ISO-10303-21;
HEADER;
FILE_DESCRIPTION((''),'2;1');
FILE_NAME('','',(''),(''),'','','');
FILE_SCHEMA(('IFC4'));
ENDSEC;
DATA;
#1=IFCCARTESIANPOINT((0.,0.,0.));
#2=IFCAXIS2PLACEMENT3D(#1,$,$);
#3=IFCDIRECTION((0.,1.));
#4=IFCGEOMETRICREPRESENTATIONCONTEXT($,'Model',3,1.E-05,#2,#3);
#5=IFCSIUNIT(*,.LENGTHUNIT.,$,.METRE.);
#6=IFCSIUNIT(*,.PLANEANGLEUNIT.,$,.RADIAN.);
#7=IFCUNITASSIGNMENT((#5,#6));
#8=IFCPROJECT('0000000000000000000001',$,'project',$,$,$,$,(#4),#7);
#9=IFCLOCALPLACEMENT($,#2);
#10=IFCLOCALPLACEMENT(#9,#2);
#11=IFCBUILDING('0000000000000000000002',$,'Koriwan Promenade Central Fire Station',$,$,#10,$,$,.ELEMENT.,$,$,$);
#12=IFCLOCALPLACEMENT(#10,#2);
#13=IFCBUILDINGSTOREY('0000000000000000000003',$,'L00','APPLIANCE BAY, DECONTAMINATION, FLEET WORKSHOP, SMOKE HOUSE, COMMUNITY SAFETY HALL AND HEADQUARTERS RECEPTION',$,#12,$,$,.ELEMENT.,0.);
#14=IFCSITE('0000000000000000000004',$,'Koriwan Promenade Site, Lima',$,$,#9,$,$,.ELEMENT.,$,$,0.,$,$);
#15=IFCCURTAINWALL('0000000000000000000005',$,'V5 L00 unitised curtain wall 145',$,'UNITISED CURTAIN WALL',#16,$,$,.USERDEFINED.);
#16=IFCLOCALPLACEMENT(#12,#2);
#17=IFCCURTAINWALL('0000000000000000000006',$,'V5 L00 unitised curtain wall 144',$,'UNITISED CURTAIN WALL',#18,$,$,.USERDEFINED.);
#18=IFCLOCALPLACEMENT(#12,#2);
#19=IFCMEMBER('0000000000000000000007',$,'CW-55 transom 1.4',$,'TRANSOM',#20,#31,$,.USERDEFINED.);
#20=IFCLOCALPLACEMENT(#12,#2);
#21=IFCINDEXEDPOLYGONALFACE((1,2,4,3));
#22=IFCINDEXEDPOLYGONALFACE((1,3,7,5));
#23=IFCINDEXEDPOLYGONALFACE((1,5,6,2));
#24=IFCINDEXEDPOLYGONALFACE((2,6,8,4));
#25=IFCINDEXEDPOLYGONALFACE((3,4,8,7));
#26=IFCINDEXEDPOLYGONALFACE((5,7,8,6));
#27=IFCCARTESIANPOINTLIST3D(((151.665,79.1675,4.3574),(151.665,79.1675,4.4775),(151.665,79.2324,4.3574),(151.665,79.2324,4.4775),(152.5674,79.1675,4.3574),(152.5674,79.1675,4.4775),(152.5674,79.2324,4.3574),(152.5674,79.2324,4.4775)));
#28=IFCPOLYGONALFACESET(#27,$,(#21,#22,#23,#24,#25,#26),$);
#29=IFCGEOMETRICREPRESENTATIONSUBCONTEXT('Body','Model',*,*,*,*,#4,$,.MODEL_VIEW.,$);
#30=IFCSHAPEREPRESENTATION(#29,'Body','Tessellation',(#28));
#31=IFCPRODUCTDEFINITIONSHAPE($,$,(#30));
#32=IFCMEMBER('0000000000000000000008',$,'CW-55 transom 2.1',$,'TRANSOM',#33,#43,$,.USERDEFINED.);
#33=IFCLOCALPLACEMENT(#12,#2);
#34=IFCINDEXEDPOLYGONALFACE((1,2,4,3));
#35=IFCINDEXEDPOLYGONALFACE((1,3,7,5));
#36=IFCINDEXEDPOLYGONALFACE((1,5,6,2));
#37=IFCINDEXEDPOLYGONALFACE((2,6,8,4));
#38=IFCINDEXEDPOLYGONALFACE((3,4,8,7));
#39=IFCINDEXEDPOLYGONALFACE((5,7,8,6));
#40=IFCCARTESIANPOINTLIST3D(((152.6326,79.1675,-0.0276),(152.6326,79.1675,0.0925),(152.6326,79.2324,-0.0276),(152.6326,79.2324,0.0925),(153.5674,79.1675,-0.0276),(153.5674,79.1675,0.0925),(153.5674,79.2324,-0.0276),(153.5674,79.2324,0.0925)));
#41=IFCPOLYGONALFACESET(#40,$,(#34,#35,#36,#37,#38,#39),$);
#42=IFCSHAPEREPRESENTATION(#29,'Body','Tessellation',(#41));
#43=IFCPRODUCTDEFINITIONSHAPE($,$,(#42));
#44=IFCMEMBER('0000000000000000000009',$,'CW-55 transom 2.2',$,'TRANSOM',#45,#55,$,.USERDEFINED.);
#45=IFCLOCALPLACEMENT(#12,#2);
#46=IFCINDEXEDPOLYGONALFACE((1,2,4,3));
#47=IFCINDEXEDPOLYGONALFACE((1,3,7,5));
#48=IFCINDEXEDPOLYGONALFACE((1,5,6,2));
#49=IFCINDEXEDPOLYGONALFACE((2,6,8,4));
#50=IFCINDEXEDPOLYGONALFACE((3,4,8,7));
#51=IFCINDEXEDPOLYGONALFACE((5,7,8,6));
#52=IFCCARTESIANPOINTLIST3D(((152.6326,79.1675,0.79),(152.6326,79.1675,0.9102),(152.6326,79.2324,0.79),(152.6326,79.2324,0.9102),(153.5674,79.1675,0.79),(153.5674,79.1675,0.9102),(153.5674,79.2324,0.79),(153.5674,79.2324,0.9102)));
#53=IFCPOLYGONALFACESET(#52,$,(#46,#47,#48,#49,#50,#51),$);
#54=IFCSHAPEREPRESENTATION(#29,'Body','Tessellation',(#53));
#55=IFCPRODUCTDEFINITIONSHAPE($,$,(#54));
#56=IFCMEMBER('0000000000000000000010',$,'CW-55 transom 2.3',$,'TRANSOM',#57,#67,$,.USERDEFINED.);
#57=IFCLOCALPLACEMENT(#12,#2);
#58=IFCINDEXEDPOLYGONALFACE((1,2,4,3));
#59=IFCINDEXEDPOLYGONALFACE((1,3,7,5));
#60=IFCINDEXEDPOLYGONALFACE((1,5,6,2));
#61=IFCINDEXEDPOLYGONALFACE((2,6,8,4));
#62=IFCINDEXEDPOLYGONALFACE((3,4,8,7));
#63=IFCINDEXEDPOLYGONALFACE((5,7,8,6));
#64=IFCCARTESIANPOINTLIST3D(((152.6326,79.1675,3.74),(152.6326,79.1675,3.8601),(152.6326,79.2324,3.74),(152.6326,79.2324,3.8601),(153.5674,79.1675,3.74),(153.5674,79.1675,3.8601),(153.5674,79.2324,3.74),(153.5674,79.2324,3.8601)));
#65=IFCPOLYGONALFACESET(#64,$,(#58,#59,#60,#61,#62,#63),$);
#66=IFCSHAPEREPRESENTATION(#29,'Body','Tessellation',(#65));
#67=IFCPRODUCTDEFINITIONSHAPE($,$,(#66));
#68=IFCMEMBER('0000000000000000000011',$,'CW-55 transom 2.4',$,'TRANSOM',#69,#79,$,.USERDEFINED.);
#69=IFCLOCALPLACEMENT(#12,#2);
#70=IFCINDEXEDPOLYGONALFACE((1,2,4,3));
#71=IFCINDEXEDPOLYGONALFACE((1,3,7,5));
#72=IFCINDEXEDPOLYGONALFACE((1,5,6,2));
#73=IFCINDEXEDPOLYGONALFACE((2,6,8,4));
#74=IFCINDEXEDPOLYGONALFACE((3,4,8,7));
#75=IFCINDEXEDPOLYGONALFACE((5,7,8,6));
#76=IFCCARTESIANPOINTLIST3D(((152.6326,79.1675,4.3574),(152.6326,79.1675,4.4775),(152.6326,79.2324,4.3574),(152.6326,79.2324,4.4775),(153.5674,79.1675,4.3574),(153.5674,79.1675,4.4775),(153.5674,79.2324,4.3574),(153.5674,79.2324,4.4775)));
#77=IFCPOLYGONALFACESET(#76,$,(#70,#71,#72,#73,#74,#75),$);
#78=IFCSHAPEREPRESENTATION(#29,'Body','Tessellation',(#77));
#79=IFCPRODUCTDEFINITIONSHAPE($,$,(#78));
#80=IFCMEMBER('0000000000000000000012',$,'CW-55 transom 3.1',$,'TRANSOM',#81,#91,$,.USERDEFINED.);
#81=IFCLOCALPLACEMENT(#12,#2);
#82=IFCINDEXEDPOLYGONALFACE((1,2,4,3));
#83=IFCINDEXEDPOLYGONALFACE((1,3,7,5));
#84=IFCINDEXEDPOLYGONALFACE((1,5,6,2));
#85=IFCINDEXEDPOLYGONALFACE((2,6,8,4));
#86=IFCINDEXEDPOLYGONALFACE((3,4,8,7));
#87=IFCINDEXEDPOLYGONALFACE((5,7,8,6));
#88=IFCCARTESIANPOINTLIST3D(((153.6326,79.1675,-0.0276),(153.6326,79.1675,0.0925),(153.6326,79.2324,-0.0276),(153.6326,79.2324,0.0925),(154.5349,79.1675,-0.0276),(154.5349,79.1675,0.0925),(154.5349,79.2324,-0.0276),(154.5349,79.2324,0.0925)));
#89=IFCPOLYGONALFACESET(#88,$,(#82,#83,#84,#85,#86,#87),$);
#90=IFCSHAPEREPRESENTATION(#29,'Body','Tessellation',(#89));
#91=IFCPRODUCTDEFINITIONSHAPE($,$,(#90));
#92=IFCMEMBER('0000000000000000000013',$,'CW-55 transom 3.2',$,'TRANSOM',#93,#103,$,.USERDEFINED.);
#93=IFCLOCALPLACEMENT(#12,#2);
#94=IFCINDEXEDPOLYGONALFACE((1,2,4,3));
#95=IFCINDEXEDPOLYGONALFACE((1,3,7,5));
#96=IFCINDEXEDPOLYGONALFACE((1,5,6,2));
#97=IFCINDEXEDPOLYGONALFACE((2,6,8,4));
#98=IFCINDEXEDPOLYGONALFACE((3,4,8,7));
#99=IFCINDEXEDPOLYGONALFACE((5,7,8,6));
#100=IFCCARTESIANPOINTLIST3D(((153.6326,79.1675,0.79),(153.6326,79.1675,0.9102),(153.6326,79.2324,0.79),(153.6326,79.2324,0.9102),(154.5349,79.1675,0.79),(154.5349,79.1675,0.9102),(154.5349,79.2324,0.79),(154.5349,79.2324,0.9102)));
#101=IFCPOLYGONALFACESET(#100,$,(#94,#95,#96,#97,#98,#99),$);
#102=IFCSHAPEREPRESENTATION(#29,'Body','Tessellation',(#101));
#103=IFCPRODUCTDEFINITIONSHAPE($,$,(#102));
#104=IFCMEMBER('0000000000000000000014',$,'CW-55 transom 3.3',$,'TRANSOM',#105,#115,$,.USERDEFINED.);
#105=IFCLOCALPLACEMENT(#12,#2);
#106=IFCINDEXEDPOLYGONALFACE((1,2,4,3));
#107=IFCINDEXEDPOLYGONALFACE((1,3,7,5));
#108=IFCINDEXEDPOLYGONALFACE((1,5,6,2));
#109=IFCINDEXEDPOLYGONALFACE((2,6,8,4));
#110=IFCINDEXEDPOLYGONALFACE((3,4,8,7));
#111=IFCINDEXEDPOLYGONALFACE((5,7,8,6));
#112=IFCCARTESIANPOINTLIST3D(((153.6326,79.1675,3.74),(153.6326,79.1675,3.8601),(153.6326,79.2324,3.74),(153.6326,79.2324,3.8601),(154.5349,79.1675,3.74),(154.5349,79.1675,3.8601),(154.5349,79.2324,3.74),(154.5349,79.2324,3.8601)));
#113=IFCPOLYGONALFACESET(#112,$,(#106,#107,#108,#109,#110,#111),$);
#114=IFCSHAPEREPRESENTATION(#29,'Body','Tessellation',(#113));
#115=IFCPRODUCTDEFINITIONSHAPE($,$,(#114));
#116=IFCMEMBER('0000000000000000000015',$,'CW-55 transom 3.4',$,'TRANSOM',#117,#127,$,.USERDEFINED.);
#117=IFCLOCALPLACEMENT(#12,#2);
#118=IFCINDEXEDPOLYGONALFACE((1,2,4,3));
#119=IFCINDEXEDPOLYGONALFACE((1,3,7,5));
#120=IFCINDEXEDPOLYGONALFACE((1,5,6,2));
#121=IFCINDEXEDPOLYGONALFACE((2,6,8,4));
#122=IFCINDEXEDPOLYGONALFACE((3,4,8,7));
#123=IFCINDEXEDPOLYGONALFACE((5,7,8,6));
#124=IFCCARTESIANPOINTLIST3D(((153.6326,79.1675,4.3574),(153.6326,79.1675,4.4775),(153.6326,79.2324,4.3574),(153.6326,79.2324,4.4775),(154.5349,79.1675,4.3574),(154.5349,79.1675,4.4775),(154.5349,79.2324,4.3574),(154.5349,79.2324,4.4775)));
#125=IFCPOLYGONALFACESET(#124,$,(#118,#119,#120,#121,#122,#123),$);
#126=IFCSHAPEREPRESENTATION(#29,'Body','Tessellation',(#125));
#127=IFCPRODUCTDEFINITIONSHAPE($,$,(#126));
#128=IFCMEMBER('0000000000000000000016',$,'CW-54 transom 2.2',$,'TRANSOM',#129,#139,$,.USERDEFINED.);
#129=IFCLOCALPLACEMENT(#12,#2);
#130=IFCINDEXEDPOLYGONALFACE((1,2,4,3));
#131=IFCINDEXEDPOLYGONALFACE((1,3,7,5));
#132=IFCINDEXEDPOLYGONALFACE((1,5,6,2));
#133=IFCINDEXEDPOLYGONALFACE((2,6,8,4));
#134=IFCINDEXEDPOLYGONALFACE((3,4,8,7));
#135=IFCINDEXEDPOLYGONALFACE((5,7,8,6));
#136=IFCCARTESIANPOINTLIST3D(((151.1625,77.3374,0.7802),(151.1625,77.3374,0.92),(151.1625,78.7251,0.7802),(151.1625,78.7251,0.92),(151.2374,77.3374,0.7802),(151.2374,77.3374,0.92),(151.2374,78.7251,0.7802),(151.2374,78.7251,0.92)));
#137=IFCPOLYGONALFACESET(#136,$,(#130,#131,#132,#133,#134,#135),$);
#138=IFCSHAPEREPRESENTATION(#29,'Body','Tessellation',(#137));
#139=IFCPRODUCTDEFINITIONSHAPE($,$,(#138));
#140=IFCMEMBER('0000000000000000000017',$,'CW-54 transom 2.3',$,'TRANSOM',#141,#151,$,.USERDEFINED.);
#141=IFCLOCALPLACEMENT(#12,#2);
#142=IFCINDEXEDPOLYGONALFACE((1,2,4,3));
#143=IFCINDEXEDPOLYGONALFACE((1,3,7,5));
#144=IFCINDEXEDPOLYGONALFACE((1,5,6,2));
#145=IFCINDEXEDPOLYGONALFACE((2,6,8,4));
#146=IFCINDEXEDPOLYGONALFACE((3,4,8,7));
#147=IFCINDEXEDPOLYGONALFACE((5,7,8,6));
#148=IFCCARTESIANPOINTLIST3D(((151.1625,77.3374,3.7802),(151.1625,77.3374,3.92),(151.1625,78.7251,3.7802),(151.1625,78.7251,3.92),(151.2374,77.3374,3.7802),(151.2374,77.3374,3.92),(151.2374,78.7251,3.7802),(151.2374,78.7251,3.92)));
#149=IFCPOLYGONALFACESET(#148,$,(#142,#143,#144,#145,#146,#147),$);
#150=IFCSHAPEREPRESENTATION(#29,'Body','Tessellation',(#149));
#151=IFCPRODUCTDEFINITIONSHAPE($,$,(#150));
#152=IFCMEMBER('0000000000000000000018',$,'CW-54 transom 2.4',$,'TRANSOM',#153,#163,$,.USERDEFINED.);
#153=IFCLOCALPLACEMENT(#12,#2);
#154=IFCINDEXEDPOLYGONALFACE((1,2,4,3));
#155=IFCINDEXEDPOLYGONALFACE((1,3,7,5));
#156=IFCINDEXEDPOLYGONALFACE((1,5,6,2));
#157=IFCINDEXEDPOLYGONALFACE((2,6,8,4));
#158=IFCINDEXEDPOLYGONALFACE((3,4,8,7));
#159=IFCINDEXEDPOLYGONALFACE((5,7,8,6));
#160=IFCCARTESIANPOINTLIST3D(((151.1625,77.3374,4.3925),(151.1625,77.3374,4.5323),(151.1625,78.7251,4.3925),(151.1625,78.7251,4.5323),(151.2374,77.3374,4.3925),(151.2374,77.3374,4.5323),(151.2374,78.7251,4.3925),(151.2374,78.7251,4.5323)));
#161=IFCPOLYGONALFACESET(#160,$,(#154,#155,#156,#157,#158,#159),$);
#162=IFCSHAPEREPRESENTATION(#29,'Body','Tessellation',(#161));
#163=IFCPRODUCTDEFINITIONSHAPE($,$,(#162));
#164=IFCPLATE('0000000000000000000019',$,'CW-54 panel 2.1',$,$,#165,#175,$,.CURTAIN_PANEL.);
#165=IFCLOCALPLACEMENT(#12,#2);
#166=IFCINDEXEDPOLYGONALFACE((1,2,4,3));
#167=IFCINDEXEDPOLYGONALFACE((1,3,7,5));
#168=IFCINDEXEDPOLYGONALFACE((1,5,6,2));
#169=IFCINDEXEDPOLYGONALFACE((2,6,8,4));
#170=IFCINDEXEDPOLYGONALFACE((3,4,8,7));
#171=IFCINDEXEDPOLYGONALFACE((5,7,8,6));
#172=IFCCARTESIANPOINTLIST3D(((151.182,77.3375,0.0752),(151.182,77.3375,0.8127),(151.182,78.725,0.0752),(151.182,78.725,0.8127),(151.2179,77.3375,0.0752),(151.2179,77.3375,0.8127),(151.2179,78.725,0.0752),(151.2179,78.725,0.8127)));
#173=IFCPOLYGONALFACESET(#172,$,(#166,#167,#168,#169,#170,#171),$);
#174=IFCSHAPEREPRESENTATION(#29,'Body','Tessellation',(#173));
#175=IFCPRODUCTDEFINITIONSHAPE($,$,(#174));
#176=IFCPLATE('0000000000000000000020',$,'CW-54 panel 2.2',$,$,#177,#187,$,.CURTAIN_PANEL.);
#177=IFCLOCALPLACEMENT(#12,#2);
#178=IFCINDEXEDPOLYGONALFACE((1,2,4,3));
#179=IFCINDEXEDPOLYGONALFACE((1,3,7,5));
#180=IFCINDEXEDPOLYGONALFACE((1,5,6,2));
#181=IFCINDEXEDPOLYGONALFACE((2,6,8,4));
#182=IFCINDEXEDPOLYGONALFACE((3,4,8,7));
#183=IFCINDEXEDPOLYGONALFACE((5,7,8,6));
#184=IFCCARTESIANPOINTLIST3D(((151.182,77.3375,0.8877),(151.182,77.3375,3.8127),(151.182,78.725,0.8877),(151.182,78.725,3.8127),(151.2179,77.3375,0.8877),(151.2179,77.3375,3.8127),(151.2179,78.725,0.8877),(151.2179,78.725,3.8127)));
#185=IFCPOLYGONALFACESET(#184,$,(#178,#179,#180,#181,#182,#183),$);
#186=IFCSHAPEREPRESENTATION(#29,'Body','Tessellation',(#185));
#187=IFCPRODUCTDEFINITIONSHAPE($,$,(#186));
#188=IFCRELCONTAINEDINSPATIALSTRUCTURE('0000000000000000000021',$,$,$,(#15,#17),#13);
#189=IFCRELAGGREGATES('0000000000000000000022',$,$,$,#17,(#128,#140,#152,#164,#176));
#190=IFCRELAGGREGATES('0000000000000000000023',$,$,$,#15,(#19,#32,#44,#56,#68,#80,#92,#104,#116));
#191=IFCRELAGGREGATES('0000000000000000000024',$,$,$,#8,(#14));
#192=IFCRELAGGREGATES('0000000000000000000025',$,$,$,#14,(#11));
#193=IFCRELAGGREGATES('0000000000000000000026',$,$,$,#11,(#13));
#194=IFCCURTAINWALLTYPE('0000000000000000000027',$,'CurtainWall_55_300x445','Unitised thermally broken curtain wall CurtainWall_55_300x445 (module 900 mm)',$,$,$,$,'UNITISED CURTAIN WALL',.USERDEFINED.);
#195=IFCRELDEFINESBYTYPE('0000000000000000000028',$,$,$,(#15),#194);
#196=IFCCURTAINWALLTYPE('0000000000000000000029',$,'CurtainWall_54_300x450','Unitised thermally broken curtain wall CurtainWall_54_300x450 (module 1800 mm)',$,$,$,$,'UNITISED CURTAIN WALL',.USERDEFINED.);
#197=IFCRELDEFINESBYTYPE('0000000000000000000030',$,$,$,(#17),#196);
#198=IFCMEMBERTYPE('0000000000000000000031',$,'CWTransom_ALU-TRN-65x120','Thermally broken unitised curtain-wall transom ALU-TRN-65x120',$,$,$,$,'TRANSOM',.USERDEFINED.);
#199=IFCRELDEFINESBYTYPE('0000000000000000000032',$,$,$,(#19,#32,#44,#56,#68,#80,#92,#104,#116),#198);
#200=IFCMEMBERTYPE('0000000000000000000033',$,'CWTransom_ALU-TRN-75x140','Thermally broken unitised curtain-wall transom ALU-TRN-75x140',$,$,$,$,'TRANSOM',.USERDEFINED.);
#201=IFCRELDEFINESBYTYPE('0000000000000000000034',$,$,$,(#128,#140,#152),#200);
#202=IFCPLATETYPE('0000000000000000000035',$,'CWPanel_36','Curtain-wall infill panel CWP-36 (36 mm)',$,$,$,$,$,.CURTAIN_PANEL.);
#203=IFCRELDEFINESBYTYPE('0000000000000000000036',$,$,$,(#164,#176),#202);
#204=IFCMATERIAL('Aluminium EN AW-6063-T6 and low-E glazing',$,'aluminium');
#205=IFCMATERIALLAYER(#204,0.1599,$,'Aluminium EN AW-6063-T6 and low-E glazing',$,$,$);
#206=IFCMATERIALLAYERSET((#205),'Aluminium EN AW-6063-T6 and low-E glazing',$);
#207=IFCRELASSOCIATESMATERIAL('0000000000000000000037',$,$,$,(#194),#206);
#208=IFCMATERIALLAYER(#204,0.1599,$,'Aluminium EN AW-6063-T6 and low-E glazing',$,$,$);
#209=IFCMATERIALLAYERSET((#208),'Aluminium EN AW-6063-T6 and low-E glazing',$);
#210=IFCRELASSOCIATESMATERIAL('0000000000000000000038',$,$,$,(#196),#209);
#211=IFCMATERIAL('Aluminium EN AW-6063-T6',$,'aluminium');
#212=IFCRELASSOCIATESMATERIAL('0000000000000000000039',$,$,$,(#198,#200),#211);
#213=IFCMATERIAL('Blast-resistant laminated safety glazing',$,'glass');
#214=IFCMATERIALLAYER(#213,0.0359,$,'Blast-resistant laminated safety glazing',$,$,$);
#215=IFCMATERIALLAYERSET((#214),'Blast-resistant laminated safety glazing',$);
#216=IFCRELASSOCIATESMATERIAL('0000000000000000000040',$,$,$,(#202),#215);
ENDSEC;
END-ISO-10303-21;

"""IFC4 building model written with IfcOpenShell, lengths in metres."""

from ifc_helpers import new_model, si_unit, direction, frame, origin, origin_2d, place, context, subcontext, project, spatial, rectangle, extrude, material, layer, layer_set, material_profile, profile_set, type_object, element, aggregate, save


model = new_model("IFC4")

# Units and contexts
model_context = context("Model", 3, precision=1e-05, world=origin(), true_north=direction((0.0, 1.0)))
body_context = subcontext(model_context, "Body", "Model", "MODEL_VIEW")
ifc_project = project(units=[si_unit("LENGTHUNIT", "METRE"), si_unit("PLANEANGLEUNIT", "RADIAN")], contexts=[model_context])

# Site, building, storey
site_placement = place(None, origin())
site = spatial("IfcSite", under=ifc_project, at=site_placement, Name="Koriwan Promenade Site, Lima", CompositionType="ELEMENT", RefElevation=0.0)
building_placement = place(site_placement, origin())
building = spatial("IfcBuilding", under=site, at=building_placement, Name="Koriwan Promenade Central Fire Station", CompositionType="ELEMENT")
storey_placement = place(building_placement, origin())
storey = spatial("IfcBuildingStorey", under=building, at=storey_placement, Name="L00", Description="APPLIANCE BAY, DECONTAMINATION, FLEET WORKSHOP, SMOKE HOUSE, COMMUNITY SAFETY HALL AND HEADQUARTERS RECEPTION", CompositionType="ELEMENT", Elevation=0.0)

# Curtain wall
ifc_material_1 = material(Name="Aluminium EN AW-6063-T6 and low-E glazing", Category="aluminium")
ifc_layer_1 = layer(ifc_material_1, 0.1599, Name="Aluminium EN AW-6063-T6 and low-E glazing")
ifc_layer_set_1 = layer_set([ifc_layer_1], Name="Aluminium EN AW-6063-T6 and low-E glazing")
curtain_wall_type_1 = type_object("IfcCurtainWallType", Name="CurtainWall_55_300x445", Description="Unitised thermally broken curtain wall CurtainWall_55_300x445 (module 900 mm)", ElementType="UNITISED CURTAIN WALL", PredefinedType="USERDEFINED", material=ifc_layer_set_1)
curtain_wall_1_placement = place(storey_placement, origin())
curtain_wall_1 = element("IfcCurtainWall", 1, at=curtain_wall_1_placement, inside=storey, type_object=curtain_wall_type_1, Name="V5 L00 unitised curtain wall 145", ObjectType="UNITISED CURTAIN WALL", PredefinedType="USERDEFINED")
ifc_material_2 = material(Name="Aluminium EN AW-6063-T6", Category="aluminium")

# Curtain wall
ifc_layer_2 = layer(ifc_material_1, 0.1599, Name="Aluminium EN AW-6063-T6 and low-E glazing")
ifc_layer_set_2 = layer_set([ifc_layer_2], Name="Aluminium EN AW-6063-T6 and low-E glazing")
curtain_wall_type_2 = type_object("IfcCurtainWallType", Name="CurtainWall_54_300x450", Description="Unitised thermally broken curtain wall CurtainWall_54_300x450 (module 1800 mm)", ElementType="UNITISED CURTAIN WALL", PredefinedType="USERDEFINED", material=ifc_layer_set_2)
curtain_wall_2_placement = place(storey_placement, origin())
curtain_wall_2 = element("IfcCurtainWall", 2, at=curtain_wall_2_placement, inside=storey, type_object=curtain_wall_type_2, Name="V5 L00 unitised curtain wall 144", ObjectType="UNITISED CURTAIN WALL", PredefinedType="USERDEFINED")

# Members
ifc_material_profile_1 = material_profile(ifc_material_2, rectangle(XDim=0.0649, YDim=0.1201, at=origin_2d()), Name="ALU-TRN-65x120")
ifc_profile_set_1 = profile_set([ifc_material_profile_1], Name="Aluminium EN AW-6063-T6")
member_type_1 = type_object("IfcMemberType", Name="CWTransom_ALU-TRN-65x120", Description="Thermally broken unitised curtain-wall transom ALU-TRN-65x120", ElementType="TRANSOM", PredefinedType="USERDEFINED", material=ifc_profile_set_1)
member_1_placement = place(storey_placement, frame((151.665, 79.2, 4.4175), z_axis=(1.0, 0.0, 0.0), x_axis=(0.0, 1.0, 0.0)))
member_1 = element("IfcMember", 3, at=member_1_placement, type_object=member_type_1, Name="CW-55 transom 1.4", ObjectType="TRANSOM", PredefinedType="USERDEFINED", context=body_context, shape_type="SweptSolid", body=[
    extrude(rectangle(XDim=0.0649, YDim=0.1201, at=origin_2d()), origin(), (0.0, 0.0, 1.0), 0.9023),
])
member_2_placement = place(storey_placement, frame((152.6326, 79.2, 0.0325), z_axis=(1.0, 0.0, 0.0), x_axis=(0.0, 1.0, 0.0)))
member_2 = element("IfcMember", 4, at=member_2_placement, type_object=member_type_1, Name="CW-55 transom 2.1", ObjectType="TRANSOM", PredefinedType="USERDEFINED", context=body_context, shape_type="SweptSolid", body=[
    extrude(rectangle(XDim=0.0649, YDim=0.1201, at=origin_2d()), origin(), (0.0, 0.0, 1.0), 0.9348),
])
member_3_placement = place(storey_placement, frame((152.6326, 79.2, 0.8501), z_axis=(1.0, 0.0, 0.0), x_axis=(0.0, 1.0, 0.0)))
member_3 = element("IfcMember", 5, at=member_3_placement, type_object=member_type_1, Name="CW-55 transom 2.2", ObjectType="TRANSOM", PredefinedType="USERDEFINED", context=body_context, shape_type="SweptSolid", body=[
    extrude(rectangle(XDim=0.0649, YDim=0.1201, at=origin_2d()), origin(), (0.0, 0.0, 1.0), 0.9348),
])
member_4_placement = place(storey_placement, frame((152.6326, 79.2, 3.8), z_axis=(1.0, 0.0, 0.0), x_axis=(0.0, 1.0, 0.0)))
member_4 = element("IfcMember", 6, at=member_4_placement, type_object=member_type_1, Name="CW-55 transom 2.3", ObjectType="TRANSOM", PredefinedType="USERDEFINED", context=body_context, shape_type="SweptSolid", body=[
    extrude(rectangle(XDim=0.0649, YDim=0.1201, at=origin_2d()), origin(), (0.0, 0.0, 1.0), 0.9348),
])
member_5_placement = place(storey_placement, frame((152.6326, 79.2, 4.4175), z_axis=(1.0, 0.0, 0.0), x_axis=(0.0, 1.0, 0.0)))
member_5 = element("IfcMember", 7, at=member_5_placement, type_object=member_type_1, Name="CW-55 transom 2.4", ObjectType="TRANSOM", PredefinedType="USERDEFINED", context=body_context, shape_type="SweptSolid", body=[
    extrude(rectangle(XDim=0.0649, YDim=0.1201, at=origin_2d()), origin(), (0.0, 0.0, 1.0), 0.9348),
])
member_6_placement = place(storey_placement, frame((153.6326, 79.2, 0.0325), z_axis=(1.0, 0.0, 0.0), x_axis=(0.0, 1.0, 0.0)))
member_6 = element("IfcMember", 8, at=member_6_placement, type_object=member_type_1, Name="CW-55 transom 3.1", ObjectType="TRANSOM", PredefinedType="USERDEFINED", context=body_context, shape_type="SweptSolid", body=[
    extrude(rectangle(XDim=0.0649, YDim=0.1201, at=origin_2d()), origin(), (0.0, 0.0, 1.0), 0.9023),
])
member_7_placement = place(storey_placement, frame((153.6326, 79.2, 0.8501), z_axis=(1.0, 0.0, 0.0), x_axis=(0.0, 1.0, 0.0)))
member_7 = element("IfcMember", 9, at=member_7_placement, type_object=member_type_1, Name="CW-55 transom 3.2", ObjectType="TRANSOM", PredefinedType="USERDEFINED", context=body_context, shape_type="SweptSolid", body=[
    extrude(rectangle(XDim=0.0649, YDim=0.1201, at=origin_2d()), origin(), (0.0, 0.0, 1.0), 0.9023),
])
member_8_placement = place(storey_placement, frame((153.6326, 79.2, 3.8), z_axis=(1.0, 0.0, 0.0), x_axis=(0.0, 1.0, 0.0)))
member_8 = element("IfcMember", 10, at=member_8_placement, type_object=member_type_1, Name="CW-55 transom 3.3", ObjectType="TRANSOM", PredefinedType="USERDEFINED", context=body_context, shape_type="SweptSolid", body=[
    extrude(rectangle(XDim=0.0649, YDim=0.1201, at=origin_2d()), origin(), (0.0, 0.0, 1.0), 0.9023),
])
member_9_placement = place(storey_placement, frame((153.6326, 79.2, 4.4175), z_axis=(1.0, 0.0, 0.0), x_axis=(0.0, 1.0, 0.0)))
member_9 = element("IfcMember", 11, at=member_9_placement, type_object=member_type_1, Name="CW-55 transom 3.4", ObjectType="TRANSOM", PredefinedType="USERDEFINED", context=body_context, shape_type="SweptSolid", body=[
    extrude(rectangle(XDim=0.0649, YDim=0.1201, at=origin_2d()), origin(), (0.0, 0.0, 1.0), 0.9023),
])
ifc_material_profile_2 = material_profile(ifc_material_2, rectangle(XDim=0.075, YDim=0.1399, at=origin_2d()), Name="ALU-TRN-75x140")
ifc_profile_set_2 = profile_set([ifc_material_profile_2], Name="Aluminium EN AW-6063-T6")
member_type_2 = type_object("IfcMemberType", Name="CWTransom_ALU-TRN-75x140", Description="Thermally broken unitised curtain-wall transom ALU-TRN-75x140", ElementType="TRANSOM", PredefinedType="USERDEFINED", material=ifc_profile_set_2)
member_10_placement = place(storey_placement, frame((151.2, 77.3374, 0.8501), z_axis=(0.0, 1.0, 0.0), x_axis=(-1.0, 0.0, 0.0)))
member_10 = element("IfcMember", 12, at=member_10_placement, type_object=member_type_2, Name="CW-54 transom 2.2", ObjectType="TRANSOM", PredefinedType="USERDEFINED", context=body_context, shape_type="SweptSolid", body=[
    extrude(rectangle(XDim=0.075, YDim=0.1399, at=origin_2d()), origin(), (0.0, 0.0, 1.0), 1.3877),
])
member_11_placement = place(storey_placement, frame((151.2, 77.3374, 3.8501), z_axis=(0.0, 1.0, 0.0), x_axis=(-1.0, 0.0, 0.0)))
member_11 = element("IfcMember", 13, at=member_11_placement, type_object=member_type_2, Name="CW-54 transom 2.3", ObjectType="TRANSOM", PredefinedType="USERDEFINED", context=body_context, shape_type="SweptSolid", body=[
    extrude(rectangle(XDim=0.075, YDim=0.1399, at=origin_2d()), origin(), (0.0, 0.0, 1.0), 1.3877),
])
member_12_placement = place(storey_placement, frame((151.2, 77.3374, 4.4624), z_axis=(0.0, 1.0, 0.0), x_axis=(-1.0, 0.0, 0.0)))
member_12 = element("IfcMember", 14, at=member_12_placement, type_object=member_type_2, Name="CW-54 transom 2.4", ObjectType="TRANSOM", PredefinedType="USERDEFINED", context=body_context, shape_type="SweptSolid", body=[
    extrude(rectangle(XDim=0.075, YDim=0.1399, at=origin_2d()), origin(), (0.0, 0.0, 1.0), 1.3877),
])

# Plates
ifc_material_3 = material(Name="Blast-resistant laminated safety glazing", Category="glass")
ifc_layer_3 = layer(ifc_material_3, 0.0359, Name="Blast-resistant laminated safety glazing")
ifc_layer_set_3 = layer_set([ifc_layer_3], Name="Blast-resistant laminated safety glazing")
plate_type = type_object("IfcPlateType", Name="CWPanel_36", Description="Curtain-wall infill panel CWP-36 (36 mm)", PredefinedType="CURTAIN_PANEL", material=ifc_layer_set_3)
plate_1_placement = place(storey_placement, frame((151.2, 78.0312, 0.0752), z_axis=(0.0, 0.0, 1.0), x_axis=(0.0, 1.0, 0.0)))
plate_1 = element("IfcPlate", 15, at=plate_1_placement, type_object=plate_type, Name="CW-54 panel 2.1", PredefinedType="CURTAIN_PANEL", context=body_context, shape_type="SweptSolid", body=[
    extrude(rectangle(XDim=1.3875, YDim=0.0359, at=origin_2d()), origin(), (0.0, 0.0, 1.0), 0.7375),
])
plate_2_placement = place(storey_placement, frame((151.2, 78.0312, 0.8877), z_axis=(0.0, 0.0, 1.0), x_axis=(0.0, 1.0, 0.0)))
plate_2 = element("IfcPlate", 16, at=plate_2_placement, type_object=plate_type, Name="CW-54 panel 2.2", PredefinedType="CURTAIN_PANEL", context=body_context, shape_type="SweptSolid", body=[
    extrude(rectangle(XDim=1.3875, YDim=0.0359, at=origin_2d()), origin(), (0.0, 0.0, 1.0), 2.925),
])
aggregate(curtain_wall_2, [member_10, member_11, member_12, plate_1, plate_2])
aggregate(curtain_wall_1, [member_1, member_2, member_3, member_4, member_5, member_6, member_7, member_8, member_9])

save(model, "model.ifc")
